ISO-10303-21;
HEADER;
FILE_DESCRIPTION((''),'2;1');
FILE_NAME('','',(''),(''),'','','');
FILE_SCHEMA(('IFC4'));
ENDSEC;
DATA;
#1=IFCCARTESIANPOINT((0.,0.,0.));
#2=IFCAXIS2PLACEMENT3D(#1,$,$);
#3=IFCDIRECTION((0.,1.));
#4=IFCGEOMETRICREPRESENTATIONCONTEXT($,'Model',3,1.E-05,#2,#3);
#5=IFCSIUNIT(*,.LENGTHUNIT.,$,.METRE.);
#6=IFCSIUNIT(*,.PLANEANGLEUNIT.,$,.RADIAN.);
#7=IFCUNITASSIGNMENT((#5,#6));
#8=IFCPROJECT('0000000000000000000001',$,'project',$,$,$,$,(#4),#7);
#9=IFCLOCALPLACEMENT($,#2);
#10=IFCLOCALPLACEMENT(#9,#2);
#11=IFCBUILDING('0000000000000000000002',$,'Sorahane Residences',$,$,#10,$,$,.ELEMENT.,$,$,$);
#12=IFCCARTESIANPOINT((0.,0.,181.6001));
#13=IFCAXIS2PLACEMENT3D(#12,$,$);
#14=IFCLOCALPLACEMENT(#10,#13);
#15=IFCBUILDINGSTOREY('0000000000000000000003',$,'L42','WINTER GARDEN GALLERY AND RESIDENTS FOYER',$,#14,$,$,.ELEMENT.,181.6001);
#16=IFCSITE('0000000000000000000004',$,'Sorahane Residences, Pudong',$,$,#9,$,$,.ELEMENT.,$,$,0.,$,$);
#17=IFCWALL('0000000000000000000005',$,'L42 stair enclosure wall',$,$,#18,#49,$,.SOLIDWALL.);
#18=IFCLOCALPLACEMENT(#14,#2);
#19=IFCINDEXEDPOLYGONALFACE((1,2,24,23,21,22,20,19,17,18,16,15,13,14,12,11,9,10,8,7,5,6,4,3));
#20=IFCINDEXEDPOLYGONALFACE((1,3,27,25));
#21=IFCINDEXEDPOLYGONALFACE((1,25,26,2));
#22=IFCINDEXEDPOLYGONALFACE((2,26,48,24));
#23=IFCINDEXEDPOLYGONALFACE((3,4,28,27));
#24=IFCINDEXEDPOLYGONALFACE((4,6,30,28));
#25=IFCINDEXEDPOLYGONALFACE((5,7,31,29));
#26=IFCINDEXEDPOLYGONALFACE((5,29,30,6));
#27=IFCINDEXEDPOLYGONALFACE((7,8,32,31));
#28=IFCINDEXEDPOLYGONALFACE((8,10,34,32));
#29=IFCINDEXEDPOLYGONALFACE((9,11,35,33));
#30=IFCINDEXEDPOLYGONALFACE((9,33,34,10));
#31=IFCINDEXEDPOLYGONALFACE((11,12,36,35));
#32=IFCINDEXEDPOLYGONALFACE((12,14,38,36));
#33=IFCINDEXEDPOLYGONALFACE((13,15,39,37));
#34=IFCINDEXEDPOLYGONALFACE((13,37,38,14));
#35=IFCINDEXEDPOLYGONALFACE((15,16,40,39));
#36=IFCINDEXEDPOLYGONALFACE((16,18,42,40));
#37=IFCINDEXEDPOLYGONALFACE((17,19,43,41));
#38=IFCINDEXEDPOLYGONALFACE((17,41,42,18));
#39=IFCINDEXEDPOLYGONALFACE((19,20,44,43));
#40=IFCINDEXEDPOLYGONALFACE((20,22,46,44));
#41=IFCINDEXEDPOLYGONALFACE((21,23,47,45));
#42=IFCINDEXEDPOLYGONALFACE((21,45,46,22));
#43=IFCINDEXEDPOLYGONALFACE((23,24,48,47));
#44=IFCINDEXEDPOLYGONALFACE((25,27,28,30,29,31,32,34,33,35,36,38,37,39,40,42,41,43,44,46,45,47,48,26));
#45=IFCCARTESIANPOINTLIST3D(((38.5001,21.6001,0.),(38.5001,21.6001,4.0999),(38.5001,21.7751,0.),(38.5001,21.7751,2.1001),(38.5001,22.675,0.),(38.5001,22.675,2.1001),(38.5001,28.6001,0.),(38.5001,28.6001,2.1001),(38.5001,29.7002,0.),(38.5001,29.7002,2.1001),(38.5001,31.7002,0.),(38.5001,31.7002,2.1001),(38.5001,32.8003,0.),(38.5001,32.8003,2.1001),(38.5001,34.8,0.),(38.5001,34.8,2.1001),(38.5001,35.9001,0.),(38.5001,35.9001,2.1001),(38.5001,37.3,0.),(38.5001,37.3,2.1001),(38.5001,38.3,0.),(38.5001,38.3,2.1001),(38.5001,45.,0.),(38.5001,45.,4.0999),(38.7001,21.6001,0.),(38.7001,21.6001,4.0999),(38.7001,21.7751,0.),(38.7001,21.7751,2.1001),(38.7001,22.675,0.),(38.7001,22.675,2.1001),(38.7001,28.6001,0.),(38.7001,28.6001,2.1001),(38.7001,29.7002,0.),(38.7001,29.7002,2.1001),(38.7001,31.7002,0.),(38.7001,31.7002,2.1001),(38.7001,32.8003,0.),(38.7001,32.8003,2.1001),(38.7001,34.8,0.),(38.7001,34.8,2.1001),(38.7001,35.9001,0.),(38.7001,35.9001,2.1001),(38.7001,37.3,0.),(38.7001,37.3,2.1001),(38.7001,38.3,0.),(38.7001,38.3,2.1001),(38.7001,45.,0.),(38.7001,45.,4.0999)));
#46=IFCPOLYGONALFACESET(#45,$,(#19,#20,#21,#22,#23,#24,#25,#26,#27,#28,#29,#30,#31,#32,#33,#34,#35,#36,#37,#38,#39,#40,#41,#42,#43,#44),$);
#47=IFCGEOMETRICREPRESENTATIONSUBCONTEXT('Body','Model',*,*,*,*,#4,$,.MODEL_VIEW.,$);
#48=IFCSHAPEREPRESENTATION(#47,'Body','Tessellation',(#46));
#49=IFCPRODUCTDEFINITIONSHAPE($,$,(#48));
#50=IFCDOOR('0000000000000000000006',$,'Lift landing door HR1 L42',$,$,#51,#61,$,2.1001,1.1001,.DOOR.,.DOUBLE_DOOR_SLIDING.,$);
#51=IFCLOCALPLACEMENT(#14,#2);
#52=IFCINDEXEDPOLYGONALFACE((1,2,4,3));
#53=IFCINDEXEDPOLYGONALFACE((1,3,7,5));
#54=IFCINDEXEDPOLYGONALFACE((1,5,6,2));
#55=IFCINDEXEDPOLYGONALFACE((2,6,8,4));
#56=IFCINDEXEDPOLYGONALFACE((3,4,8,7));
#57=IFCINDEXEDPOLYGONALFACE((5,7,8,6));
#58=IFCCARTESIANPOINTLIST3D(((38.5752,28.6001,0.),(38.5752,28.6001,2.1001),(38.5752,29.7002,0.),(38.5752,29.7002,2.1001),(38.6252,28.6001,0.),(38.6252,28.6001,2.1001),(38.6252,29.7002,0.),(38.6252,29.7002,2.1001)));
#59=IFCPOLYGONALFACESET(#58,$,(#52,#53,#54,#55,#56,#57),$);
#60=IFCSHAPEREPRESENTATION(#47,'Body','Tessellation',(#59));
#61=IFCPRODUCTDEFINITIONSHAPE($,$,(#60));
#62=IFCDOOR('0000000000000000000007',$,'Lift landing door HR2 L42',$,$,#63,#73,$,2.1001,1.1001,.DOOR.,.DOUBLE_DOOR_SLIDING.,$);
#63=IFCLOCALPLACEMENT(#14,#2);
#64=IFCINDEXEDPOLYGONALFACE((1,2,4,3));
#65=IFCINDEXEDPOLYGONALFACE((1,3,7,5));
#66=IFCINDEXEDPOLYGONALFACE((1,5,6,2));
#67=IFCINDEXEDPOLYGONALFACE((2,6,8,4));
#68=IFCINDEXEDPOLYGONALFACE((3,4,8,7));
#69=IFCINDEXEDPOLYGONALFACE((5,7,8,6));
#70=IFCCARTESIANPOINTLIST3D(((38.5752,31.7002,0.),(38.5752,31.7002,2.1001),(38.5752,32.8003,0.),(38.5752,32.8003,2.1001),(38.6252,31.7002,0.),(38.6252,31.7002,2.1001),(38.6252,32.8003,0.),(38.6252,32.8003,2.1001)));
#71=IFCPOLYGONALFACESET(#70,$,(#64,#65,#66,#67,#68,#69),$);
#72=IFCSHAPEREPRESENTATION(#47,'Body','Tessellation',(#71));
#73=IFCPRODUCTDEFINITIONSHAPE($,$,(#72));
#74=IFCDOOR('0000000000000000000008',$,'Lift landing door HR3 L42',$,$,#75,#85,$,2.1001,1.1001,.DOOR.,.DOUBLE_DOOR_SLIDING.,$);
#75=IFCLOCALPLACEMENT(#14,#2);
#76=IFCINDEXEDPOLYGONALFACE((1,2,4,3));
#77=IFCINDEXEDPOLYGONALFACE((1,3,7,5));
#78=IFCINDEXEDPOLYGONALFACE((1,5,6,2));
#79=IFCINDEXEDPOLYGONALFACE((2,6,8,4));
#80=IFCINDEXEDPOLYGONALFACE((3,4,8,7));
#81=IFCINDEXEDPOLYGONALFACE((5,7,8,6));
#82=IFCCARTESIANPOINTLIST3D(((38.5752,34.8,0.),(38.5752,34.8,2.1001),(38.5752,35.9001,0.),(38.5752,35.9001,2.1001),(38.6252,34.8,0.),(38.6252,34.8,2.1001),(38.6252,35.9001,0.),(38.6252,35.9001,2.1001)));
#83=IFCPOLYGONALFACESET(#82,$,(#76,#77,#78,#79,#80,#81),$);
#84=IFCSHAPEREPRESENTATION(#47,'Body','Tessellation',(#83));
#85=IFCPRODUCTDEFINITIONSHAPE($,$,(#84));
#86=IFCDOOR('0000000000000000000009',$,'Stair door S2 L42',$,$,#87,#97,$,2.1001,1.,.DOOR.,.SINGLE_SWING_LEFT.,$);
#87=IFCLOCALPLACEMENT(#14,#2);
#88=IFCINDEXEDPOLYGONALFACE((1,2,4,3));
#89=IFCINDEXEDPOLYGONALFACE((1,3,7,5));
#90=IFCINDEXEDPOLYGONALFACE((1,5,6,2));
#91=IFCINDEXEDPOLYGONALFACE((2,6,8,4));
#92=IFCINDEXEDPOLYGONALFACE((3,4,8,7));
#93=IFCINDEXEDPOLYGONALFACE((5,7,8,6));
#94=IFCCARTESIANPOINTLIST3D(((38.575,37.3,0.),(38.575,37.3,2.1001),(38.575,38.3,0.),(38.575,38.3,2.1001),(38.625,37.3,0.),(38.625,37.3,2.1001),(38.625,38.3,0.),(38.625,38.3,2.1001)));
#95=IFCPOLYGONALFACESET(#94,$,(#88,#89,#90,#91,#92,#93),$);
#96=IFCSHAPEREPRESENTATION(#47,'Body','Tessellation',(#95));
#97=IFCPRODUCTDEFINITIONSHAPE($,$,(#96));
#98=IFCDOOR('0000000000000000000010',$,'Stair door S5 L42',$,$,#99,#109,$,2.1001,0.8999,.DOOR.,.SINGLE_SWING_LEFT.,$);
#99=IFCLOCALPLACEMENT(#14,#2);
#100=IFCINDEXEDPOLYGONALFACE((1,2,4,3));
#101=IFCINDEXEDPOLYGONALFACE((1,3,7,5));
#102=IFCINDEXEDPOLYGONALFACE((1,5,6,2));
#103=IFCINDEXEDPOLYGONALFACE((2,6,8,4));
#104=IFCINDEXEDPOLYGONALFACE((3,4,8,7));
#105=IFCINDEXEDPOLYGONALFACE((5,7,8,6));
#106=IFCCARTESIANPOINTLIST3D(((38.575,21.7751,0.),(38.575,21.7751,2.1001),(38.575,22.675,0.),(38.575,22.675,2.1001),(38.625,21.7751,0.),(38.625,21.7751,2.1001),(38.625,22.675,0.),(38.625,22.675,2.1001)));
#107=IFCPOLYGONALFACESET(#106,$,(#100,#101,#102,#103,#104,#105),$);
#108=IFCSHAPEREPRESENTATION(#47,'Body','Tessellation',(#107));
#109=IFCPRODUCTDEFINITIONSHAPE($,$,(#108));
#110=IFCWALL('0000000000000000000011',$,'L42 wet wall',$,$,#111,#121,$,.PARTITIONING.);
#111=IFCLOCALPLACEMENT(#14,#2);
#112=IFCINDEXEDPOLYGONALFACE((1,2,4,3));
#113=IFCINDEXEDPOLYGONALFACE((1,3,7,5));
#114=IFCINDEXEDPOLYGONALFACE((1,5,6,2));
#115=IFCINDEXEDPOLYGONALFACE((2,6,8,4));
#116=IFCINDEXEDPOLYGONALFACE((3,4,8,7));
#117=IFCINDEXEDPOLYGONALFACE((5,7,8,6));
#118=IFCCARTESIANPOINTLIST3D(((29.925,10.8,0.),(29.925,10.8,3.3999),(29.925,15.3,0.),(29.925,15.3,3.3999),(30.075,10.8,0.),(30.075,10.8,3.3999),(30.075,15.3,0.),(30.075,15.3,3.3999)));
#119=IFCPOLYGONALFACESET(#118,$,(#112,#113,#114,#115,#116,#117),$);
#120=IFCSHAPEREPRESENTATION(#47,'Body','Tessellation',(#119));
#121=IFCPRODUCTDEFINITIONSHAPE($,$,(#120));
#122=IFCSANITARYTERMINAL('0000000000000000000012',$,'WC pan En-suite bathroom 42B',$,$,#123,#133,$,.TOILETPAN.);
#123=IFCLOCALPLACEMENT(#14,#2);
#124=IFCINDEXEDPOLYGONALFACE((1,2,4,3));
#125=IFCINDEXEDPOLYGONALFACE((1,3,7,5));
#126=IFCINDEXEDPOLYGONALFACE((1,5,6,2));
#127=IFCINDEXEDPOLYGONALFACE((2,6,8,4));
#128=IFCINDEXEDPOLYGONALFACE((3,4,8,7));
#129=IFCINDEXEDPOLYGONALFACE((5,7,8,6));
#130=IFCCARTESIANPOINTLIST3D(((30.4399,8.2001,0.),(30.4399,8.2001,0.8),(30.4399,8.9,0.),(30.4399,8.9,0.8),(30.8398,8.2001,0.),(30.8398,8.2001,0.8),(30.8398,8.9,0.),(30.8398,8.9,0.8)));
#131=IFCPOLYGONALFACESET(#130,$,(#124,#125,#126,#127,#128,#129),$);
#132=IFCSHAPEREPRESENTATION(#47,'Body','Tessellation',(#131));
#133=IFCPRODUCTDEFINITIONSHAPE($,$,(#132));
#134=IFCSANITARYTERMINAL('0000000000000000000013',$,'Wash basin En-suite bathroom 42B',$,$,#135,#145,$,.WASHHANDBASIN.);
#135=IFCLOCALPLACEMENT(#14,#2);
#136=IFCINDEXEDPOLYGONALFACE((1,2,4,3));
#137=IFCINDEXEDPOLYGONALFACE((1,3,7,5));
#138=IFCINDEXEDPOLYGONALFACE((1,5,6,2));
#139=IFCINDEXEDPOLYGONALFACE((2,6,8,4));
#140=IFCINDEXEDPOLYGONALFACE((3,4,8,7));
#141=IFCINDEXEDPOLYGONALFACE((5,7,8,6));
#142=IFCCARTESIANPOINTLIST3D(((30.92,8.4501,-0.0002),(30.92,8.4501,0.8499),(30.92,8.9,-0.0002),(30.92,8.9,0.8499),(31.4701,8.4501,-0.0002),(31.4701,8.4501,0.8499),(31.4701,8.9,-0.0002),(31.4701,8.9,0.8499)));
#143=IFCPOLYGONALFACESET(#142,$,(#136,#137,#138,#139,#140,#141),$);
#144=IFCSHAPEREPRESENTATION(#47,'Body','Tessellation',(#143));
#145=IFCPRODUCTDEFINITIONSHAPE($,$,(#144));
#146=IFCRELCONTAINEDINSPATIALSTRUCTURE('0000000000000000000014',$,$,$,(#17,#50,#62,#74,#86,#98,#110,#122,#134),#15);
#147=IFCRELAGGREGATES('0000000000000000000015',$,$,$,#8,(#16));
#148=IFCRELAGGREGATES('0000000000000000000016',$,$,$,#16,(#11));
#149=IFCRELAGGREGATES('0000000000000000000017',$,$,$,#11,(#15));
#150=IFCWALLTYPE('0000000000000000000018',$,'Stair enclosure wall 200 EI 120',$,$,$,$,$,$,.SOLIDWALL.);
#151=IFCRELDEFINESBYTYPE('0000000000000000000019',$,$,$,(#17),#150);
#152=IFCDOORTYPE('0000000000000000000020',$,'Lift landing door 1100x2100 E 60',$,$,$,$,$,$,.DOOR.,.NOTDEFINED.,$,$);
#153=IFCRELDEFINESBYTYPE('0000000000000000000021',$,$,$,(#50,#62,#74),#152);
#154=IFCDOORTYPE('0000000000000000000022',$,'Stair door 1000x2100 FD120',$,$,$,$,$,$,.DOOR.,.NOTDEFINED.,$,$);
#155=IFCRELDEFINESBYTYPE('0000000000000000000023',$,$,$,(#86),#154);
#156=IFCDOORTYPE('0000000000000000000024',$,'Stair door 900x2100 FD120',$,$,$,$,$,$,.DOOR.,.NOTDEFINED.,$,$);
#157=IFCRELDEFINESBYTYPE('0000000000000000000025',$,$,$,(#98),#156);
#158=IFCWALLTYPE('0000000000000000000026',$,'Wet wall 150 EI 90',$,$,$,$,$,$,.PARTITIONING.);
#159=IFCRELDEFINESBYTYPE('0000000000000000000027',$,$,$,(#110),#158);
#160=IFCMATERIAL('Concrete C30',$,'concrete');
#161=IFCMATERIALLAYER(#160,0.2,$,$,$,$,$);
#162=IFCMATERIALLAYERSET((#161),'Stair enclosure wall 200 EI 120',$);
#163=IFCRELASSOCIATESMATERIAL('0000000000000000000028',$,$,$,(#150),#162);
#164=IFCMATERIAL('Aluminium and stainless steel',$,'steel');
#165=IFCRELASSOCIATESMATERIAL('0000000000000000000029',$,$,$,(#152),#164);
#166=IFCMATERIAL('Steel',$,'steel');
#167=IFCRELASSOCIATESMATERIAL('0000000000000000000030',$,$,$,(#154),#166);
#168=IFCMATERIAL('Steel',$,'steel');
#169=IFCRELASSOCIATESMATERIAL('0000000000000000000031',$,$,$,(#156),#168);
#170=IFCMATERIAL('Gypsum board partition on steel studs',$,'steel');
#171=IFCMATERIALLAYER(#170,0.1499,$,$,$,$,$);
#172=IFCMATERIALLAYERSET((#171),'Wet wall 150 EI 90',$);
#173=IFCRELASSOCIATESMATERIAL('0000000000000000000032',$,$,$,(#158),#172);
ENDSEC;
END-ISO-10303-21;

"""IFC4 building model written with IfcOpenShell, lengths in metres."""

from ifc_helpers import new_model, si_unit, direction, frame, frame_2d, origin, origin_2d, place, context, subcontext, project, spatial, rectangle, extrude, material, layer, layer_set, type_object, element, fill, save


model = new_model("IFC4")

# Units and contexts
model_context = context("Model", 3, precision=1e-05, world=origin(), true_north=direction((0.0, 1.0)))
body_context = subcontext(model_context, "Body", "Model", "MODEL_VIEW")
ifc_project = project(units=[si_unit("LENGTHUNIT", "METRE"), si_unit("PLANEANGLEUNIT", "RADIAN")], contexts=[model_context])

# Site, building, storey
site_placement = place(None, origin())
site = spatial("IfcSite", under=ifc_project, at=site_placement, Name="Sorahane Residences, Pudong", CompositionType="ELEMENT", RefElevation=0.0)
building_placement = place(site_placement, origin())
building = spatial("IfcBuilding", under=site, at=building_placement, Name="Sorahane Residences", CompositionType="ELEMENT")
storey_placement = place(building_placement, frame((0.0, 0.0, 181.6001)))
storey = spatial("IfcBuildingStorey", under=building, at=storey_placement, Name="L42", Description="WINTER GARDEN GALLERY AND RESIDENTS FOYER", CompositionType="ELEMENT", Elevation=181.6001)

# Wall, openings, doors
ifc_material_1 = material(Name="Concrete C30", Category="concrete")
ifc_layer_1 = layer(ifc_material_1, 0.2)
ifc_layer_set_1 = layer_set([ifc_layer_1], Name="Stair enclosure wall 200 EI 120")
wall_type_1 = type_object("IfcWallType", Name="Stair enclosure wall 200 EI 120", PredefinedType="SOLIDWALL", material=ifc_layer_set_1)
wall_1_placement = place(storey_placement, frame((38.6001, 21.6001, 0.0), z_axis=(0.0, 0.0, 1.0), x_axis=(0.0, 1.0, 0.0)))
wall_1 = element("IfcWall", 1, at=wall_1_placement, inside=storey, type_object=wall_type_1, Name="L42 stair enclosure wall", PredefinedType="SOLIDWALL", context=body_context, shape_type="SweptSolid", body=[
    extrude(rectangle(XDim=23.3999, YDim=0.2, at=frame_2d((11.7, 0.0))), origin(), (0.0, 0.0, 1.0), 4.0999),
])
opening_1_placement = place(wall_1_placement, frame((7.0, 0.0, 0.0)))
opening_1 = element("IfcOpeningElement", 2, at=opening_1_placement, cuts=wall_1, PredefinedType="OPENING", context=body_context, shape_type="SweptSolid", body=[
    extrude(rectangle(XDim=1.1001, YDim=2.1001, at=frame_2d((0.55, 1.05))), frame((0.0, 0.1099, 0.0), z_axis=(0.0, -1.0, 0.0), x_axis=(1.0, 0.0, 0.0)), (0.0, 0.0, 1.0), 0.22),
])
opening_2_placement = place(wall_1_placement, frame((10.1001, 0.0, 0.0)))
opening_2 = element("IfcOpeningElement", 3, at=opening_2_placement, cuts=wall_1, PredefinedType="OPENING", context=body_context, shape_type="SweptSolid", body=[
    extrude(rectangle(XDim=1.1001, YDim=2.1001, at=frame_2d((0.55, 1.05))), frame((0.0, 0.1099, 0.0), z_axis=(0.0, -1.0, 0.0), x_axis=(1.0, 0.0, 0.0)), (0.0, 0.0, 1.0), 0.22),
])
opening_3_placement = place(wall_1_placement, frame((13.2, 0.0, 0.0)))
opening_3 = element("IfcOpeningElement", 4, at=opening_3_placement, cuts=wall_1, PredefinedType="OPENING", context=body_context, shape_type="SweptSolid", body=[
    extrude(rectangle(XDim=1.1001, YDim=2.1001, at=frame_2d((0.55, 1.05))), frame((0.0, 0.1099, 0.0), z_axis=(0.0, -1.0, 0.0), x_axis=(1.0, 0.0, 0.0)), (0.0, 0.0, 1.0), 0.22),
])
opening_4_placement = place(wall_1_placement, frame((15.7, 0.0, 0.0)))
opening_4 = element("IfcOpeningElement", 5, at=opening_4_placement, cuts=wall_1, PredefinedType="OPENING", context=body_context, shape_type="SweptSolid", body=[
    extrude(rectangle(XDim=1.0, YDim=2.1001, at=frame_2d((0.5, 1.05))), frame((0.0, 0.1099, 0.0), z_axis=(0.0, -1.0, 0.0), x_axis=(1.0, 0.0, 0.0)), (0.0, 0.0, 1.0), 0.22),
])
opening_5_placement = place(wall_1_placement, frame((0.175, 0.0, 0.0)))
opening_5 = element("IfcOpeningElement", 6, at=opening_5_placement, cuts=wall_1, PredefinedType="OPENING", context=body_context, shape_type="SweptSolid", body=[
    extrude(rectangle(XDim=0.8999, YDim=2.1001, at=frame_2d((0.45, 1.05))), frame((0.0, 0.1099, 0.0), z_axis=(0.0, -1.0, 0.0), x_axis=(1.0, 0.0, 0.0)), (0.0, 0.0, 1.0), 0.22),
])
ifc_material_2 = material(Name="Aluminium and stainless steel", Category="steel")
door_type_1 = type_object("IfcDoorType", Name="Lift landing door 1100x2100 E 60", OperationType="NOTDEFINED", PredefinedType="DOOR", material=ifc_material_2)
door_1_placement = place(opening_1_placement, origin())
door_1 = element("IfcDoor", 7, at=door_1_placement, inside=storey, type_object=door_type_1, Name="Lift landing door HR1 L42", OperationType="DOUBLE_DOOR_SLIDING", OverallHeight=2.1001, OverallWidth=1.1001, PredefinedType="DOOR", context=body_context, shape_type="SweptSolid", body=[
    extrude(rectangle(XDim=1.1001, YDim=2.1001, at=frame_2d((0.55, 1.05))), frame((0.0, 0.0249, 0.0), z_axis=(0.0, -1.0, 0.0), x_axis=(1.0, 0.0, 0.0)), (0.0, 0.0, 1.0), 0.05),
])
fill(opening_1, door_1)
door_2_placement = place(opening_2_placement, origin())
door_2 = element("IfcDoor", 8, at=door_2_placement, inside=storey, type_object=door_type_1, Name="Lift landing door HR2 L42", OperationType="DOUBLE_DOOR_SLIDING", OverallHeight=2.1001, OverallWidth=1.1001, PredefinedType="DOOR", context=body_context, shape_type="SweptSolid", body=[
    extrude(rectangle(XDim=1.1001, YDim=2.1001, at=frame_2d((0.55, 1.05))), frame((0.0, 0.0249, 0.0), z_axis=(0.0, -1.0, 0.0), x_axis=(1.0, 0.0, 0.0)), (0.0, 0.0, 1.0), 0.05),
])
fill(opening_2, door_2)
door_3_placement = place(opening_3_placement, origin())
door_3 = element("IfcDoor", 9, at=door_3_placement, inside=storey, type_object=door_type_1, Name="Lift landing door HR3 L42", OperationType="DOUBLE_DOOR_SLIDING", OverallHeight=2.1001, OverallWidth=1.1001, PredefinedType="DOOR", context=body_context, shape_type="SweptSolid", body=[
    extrude(rectangle(XDim=1.1001, YDim=2.1001, at=frame_2d((0.55, 1.05))), frame((0.0, 0.0249, 0.0), z_axis=(0.0, -1.0, 0.0), x_axis=(1.0, 0.0, 0.0)), (0.0, 0.0, 1.0), 0.05),
])
fill(opening_3, door_3)
ifc_material_3 = material(Name="Steel", Category="steel")
door_type_2 = type_object("IfcDoorType", Name="Stair door 1000x2100 FD120", OperationType="NOTDEFINED", PredefinedType="DOOR", material=ifc_material_3)
door_4_placement = place(opening_4_placement, frame((1.0, 0.0, 0.0), z_axis=(0.0, 0.0, 1.0), x_axis=(-1.0, 0.0, 0.0)))
door_4 = element("IfcDoor", 10, at=door_4_placement, inside=storey, type_object=door_type_2, Name="Stair door S2 L42", OperationType="SINGLE_SWING_LEFT", OverallHeight=2.1001, OverallWidth=1.0, PredefinedType="DOOR", context=body_context, shape_type="SweptSolid", body=[
    extrude(rectangle(XDim=1.0, YDim=2.1001, at=frame_2d((0.5, 1.05))), frame((0.0, 0.0249, 0.0), z_axis=(0.0, -1.0, 0.0), x_axis=(1.0, 0.0, 0.0)), (0.0, 0.0, 1.0), 0.05),
])
fill(opening_4, door_4)
ifc_material_4 = material(Name="Steel", Category="steel")
door_type_3 = type_object("IfcDoorType", Name="Stair door 900x2100 FD120", OperationType="NOTDEFINED", PredefinedType="DOOR", material=ifc_material_4)
door_5_placement = place(opening_5_placement, frame((0.8999, 0.0, 0.0), z_axis=(0.0, 0.0, 1.0), x_axis=(-1.0, 0.0, 0.0)))
door_5 = element("IfcDoor", 11, at=door_5_placement, inside=storey, type_object=door_type_3, Name="Stair door S5 L42", OperationType="SINGLE_SWING_LEFT", OverallHeight=2.1001, OverallWidth=0.8999, PredefinedType="DOOR", context=body_context, shape_type="SweptSolid", body=[
    extrude(rectangle(XDim=0.8999, YDim=2.1001, at=frame_2d((0.45, 1.05))), frame((0.0, 0.0249, 0.0), z_axis=(0.0, -1.0, 0.0), x_axis=(1.0, 0.0, 0.0)), (0.0, 0.0, 1.0), 0.05),
])
fill(opening_5, door_5)

# Wall
ifc_material_5 = material(Name="Gypsum board partition on steel studs", Category="steel")
ifc_layer_2 = layer(ifc_material_5, 0.1499)
ifc_layer_set_2 = layer_set([ifc_layer_2], Name="Wet wall 150 EI 90")
wall_type_2 = type_object("IfcWallType", Name="Wet wall 150 EI 90", PredefinedType="PARTITIONING", material=ifc_layer_set_2)
wall_2_placement = place(storey_placement, frame((30.0, 10.8, 0.0), z_axis=(0.0, 0.0, 1.0), x_axis=(0.0, 1.0, 0.0)))
element("IfcWall", 12, at=wall_2_placement, inside=storey, type_object=wall_type_2, Name="L42 wet wall", PredefinedType="PARTITIONING", context=body_context, shape_type="SweptSolid", body=[
    extrude(rectangle(XDim=4.5, YDim=0.1499, at=frame_2d((2.25, 0.0))), origin(), (0.0, 0.0, 1.0), 3.3999),
])

# Sanitary terminals
sanitary_terminal_1_placement = place(storey_placement, frame((30.6399, 8.55, 0.0), z_axis=(0.0, 0.0, 1.0), x_axis=(1.0, 0.0, 0.0)))
element("IfcSanitaryTerminal", 13, at=sanitary_terminal_1_placement, inside=storey, Name="WC pan En-suite bathroom 42B", PredefinedType="TOILETPAN", context=body_context, shape_type="SweptSolid", body=[
    extrude(rectangle(XDim=0.3999, YDim=0.7, at=origin_2d()), origin(), (0.0, 0.0, 1.0), 0.8),
])
sanitary_terminal_2_placement = place(storey_placement, frame((31.1951, 8.675, -0.0002), z_axis=(0.0, 0.0, 1.0), x_axis=(1.0, 0.0, 0.0)))
element("IfcSanitaryTerminal", 14, at=sanitary_terminal_2_placement, inside=storey, Name="Wash basin En-suite bathroom 42B", PredefinedType="WASHHANDBASIN", context=body_context, shape_type="SweptSolid", body=[
    extrude(rectangle(XDim=0.55, YDim=0.45, at=origin_2d()), origin(), (0.0, 0.0, 1.0), 0.8501),
])

save(model, "model.ifc")
